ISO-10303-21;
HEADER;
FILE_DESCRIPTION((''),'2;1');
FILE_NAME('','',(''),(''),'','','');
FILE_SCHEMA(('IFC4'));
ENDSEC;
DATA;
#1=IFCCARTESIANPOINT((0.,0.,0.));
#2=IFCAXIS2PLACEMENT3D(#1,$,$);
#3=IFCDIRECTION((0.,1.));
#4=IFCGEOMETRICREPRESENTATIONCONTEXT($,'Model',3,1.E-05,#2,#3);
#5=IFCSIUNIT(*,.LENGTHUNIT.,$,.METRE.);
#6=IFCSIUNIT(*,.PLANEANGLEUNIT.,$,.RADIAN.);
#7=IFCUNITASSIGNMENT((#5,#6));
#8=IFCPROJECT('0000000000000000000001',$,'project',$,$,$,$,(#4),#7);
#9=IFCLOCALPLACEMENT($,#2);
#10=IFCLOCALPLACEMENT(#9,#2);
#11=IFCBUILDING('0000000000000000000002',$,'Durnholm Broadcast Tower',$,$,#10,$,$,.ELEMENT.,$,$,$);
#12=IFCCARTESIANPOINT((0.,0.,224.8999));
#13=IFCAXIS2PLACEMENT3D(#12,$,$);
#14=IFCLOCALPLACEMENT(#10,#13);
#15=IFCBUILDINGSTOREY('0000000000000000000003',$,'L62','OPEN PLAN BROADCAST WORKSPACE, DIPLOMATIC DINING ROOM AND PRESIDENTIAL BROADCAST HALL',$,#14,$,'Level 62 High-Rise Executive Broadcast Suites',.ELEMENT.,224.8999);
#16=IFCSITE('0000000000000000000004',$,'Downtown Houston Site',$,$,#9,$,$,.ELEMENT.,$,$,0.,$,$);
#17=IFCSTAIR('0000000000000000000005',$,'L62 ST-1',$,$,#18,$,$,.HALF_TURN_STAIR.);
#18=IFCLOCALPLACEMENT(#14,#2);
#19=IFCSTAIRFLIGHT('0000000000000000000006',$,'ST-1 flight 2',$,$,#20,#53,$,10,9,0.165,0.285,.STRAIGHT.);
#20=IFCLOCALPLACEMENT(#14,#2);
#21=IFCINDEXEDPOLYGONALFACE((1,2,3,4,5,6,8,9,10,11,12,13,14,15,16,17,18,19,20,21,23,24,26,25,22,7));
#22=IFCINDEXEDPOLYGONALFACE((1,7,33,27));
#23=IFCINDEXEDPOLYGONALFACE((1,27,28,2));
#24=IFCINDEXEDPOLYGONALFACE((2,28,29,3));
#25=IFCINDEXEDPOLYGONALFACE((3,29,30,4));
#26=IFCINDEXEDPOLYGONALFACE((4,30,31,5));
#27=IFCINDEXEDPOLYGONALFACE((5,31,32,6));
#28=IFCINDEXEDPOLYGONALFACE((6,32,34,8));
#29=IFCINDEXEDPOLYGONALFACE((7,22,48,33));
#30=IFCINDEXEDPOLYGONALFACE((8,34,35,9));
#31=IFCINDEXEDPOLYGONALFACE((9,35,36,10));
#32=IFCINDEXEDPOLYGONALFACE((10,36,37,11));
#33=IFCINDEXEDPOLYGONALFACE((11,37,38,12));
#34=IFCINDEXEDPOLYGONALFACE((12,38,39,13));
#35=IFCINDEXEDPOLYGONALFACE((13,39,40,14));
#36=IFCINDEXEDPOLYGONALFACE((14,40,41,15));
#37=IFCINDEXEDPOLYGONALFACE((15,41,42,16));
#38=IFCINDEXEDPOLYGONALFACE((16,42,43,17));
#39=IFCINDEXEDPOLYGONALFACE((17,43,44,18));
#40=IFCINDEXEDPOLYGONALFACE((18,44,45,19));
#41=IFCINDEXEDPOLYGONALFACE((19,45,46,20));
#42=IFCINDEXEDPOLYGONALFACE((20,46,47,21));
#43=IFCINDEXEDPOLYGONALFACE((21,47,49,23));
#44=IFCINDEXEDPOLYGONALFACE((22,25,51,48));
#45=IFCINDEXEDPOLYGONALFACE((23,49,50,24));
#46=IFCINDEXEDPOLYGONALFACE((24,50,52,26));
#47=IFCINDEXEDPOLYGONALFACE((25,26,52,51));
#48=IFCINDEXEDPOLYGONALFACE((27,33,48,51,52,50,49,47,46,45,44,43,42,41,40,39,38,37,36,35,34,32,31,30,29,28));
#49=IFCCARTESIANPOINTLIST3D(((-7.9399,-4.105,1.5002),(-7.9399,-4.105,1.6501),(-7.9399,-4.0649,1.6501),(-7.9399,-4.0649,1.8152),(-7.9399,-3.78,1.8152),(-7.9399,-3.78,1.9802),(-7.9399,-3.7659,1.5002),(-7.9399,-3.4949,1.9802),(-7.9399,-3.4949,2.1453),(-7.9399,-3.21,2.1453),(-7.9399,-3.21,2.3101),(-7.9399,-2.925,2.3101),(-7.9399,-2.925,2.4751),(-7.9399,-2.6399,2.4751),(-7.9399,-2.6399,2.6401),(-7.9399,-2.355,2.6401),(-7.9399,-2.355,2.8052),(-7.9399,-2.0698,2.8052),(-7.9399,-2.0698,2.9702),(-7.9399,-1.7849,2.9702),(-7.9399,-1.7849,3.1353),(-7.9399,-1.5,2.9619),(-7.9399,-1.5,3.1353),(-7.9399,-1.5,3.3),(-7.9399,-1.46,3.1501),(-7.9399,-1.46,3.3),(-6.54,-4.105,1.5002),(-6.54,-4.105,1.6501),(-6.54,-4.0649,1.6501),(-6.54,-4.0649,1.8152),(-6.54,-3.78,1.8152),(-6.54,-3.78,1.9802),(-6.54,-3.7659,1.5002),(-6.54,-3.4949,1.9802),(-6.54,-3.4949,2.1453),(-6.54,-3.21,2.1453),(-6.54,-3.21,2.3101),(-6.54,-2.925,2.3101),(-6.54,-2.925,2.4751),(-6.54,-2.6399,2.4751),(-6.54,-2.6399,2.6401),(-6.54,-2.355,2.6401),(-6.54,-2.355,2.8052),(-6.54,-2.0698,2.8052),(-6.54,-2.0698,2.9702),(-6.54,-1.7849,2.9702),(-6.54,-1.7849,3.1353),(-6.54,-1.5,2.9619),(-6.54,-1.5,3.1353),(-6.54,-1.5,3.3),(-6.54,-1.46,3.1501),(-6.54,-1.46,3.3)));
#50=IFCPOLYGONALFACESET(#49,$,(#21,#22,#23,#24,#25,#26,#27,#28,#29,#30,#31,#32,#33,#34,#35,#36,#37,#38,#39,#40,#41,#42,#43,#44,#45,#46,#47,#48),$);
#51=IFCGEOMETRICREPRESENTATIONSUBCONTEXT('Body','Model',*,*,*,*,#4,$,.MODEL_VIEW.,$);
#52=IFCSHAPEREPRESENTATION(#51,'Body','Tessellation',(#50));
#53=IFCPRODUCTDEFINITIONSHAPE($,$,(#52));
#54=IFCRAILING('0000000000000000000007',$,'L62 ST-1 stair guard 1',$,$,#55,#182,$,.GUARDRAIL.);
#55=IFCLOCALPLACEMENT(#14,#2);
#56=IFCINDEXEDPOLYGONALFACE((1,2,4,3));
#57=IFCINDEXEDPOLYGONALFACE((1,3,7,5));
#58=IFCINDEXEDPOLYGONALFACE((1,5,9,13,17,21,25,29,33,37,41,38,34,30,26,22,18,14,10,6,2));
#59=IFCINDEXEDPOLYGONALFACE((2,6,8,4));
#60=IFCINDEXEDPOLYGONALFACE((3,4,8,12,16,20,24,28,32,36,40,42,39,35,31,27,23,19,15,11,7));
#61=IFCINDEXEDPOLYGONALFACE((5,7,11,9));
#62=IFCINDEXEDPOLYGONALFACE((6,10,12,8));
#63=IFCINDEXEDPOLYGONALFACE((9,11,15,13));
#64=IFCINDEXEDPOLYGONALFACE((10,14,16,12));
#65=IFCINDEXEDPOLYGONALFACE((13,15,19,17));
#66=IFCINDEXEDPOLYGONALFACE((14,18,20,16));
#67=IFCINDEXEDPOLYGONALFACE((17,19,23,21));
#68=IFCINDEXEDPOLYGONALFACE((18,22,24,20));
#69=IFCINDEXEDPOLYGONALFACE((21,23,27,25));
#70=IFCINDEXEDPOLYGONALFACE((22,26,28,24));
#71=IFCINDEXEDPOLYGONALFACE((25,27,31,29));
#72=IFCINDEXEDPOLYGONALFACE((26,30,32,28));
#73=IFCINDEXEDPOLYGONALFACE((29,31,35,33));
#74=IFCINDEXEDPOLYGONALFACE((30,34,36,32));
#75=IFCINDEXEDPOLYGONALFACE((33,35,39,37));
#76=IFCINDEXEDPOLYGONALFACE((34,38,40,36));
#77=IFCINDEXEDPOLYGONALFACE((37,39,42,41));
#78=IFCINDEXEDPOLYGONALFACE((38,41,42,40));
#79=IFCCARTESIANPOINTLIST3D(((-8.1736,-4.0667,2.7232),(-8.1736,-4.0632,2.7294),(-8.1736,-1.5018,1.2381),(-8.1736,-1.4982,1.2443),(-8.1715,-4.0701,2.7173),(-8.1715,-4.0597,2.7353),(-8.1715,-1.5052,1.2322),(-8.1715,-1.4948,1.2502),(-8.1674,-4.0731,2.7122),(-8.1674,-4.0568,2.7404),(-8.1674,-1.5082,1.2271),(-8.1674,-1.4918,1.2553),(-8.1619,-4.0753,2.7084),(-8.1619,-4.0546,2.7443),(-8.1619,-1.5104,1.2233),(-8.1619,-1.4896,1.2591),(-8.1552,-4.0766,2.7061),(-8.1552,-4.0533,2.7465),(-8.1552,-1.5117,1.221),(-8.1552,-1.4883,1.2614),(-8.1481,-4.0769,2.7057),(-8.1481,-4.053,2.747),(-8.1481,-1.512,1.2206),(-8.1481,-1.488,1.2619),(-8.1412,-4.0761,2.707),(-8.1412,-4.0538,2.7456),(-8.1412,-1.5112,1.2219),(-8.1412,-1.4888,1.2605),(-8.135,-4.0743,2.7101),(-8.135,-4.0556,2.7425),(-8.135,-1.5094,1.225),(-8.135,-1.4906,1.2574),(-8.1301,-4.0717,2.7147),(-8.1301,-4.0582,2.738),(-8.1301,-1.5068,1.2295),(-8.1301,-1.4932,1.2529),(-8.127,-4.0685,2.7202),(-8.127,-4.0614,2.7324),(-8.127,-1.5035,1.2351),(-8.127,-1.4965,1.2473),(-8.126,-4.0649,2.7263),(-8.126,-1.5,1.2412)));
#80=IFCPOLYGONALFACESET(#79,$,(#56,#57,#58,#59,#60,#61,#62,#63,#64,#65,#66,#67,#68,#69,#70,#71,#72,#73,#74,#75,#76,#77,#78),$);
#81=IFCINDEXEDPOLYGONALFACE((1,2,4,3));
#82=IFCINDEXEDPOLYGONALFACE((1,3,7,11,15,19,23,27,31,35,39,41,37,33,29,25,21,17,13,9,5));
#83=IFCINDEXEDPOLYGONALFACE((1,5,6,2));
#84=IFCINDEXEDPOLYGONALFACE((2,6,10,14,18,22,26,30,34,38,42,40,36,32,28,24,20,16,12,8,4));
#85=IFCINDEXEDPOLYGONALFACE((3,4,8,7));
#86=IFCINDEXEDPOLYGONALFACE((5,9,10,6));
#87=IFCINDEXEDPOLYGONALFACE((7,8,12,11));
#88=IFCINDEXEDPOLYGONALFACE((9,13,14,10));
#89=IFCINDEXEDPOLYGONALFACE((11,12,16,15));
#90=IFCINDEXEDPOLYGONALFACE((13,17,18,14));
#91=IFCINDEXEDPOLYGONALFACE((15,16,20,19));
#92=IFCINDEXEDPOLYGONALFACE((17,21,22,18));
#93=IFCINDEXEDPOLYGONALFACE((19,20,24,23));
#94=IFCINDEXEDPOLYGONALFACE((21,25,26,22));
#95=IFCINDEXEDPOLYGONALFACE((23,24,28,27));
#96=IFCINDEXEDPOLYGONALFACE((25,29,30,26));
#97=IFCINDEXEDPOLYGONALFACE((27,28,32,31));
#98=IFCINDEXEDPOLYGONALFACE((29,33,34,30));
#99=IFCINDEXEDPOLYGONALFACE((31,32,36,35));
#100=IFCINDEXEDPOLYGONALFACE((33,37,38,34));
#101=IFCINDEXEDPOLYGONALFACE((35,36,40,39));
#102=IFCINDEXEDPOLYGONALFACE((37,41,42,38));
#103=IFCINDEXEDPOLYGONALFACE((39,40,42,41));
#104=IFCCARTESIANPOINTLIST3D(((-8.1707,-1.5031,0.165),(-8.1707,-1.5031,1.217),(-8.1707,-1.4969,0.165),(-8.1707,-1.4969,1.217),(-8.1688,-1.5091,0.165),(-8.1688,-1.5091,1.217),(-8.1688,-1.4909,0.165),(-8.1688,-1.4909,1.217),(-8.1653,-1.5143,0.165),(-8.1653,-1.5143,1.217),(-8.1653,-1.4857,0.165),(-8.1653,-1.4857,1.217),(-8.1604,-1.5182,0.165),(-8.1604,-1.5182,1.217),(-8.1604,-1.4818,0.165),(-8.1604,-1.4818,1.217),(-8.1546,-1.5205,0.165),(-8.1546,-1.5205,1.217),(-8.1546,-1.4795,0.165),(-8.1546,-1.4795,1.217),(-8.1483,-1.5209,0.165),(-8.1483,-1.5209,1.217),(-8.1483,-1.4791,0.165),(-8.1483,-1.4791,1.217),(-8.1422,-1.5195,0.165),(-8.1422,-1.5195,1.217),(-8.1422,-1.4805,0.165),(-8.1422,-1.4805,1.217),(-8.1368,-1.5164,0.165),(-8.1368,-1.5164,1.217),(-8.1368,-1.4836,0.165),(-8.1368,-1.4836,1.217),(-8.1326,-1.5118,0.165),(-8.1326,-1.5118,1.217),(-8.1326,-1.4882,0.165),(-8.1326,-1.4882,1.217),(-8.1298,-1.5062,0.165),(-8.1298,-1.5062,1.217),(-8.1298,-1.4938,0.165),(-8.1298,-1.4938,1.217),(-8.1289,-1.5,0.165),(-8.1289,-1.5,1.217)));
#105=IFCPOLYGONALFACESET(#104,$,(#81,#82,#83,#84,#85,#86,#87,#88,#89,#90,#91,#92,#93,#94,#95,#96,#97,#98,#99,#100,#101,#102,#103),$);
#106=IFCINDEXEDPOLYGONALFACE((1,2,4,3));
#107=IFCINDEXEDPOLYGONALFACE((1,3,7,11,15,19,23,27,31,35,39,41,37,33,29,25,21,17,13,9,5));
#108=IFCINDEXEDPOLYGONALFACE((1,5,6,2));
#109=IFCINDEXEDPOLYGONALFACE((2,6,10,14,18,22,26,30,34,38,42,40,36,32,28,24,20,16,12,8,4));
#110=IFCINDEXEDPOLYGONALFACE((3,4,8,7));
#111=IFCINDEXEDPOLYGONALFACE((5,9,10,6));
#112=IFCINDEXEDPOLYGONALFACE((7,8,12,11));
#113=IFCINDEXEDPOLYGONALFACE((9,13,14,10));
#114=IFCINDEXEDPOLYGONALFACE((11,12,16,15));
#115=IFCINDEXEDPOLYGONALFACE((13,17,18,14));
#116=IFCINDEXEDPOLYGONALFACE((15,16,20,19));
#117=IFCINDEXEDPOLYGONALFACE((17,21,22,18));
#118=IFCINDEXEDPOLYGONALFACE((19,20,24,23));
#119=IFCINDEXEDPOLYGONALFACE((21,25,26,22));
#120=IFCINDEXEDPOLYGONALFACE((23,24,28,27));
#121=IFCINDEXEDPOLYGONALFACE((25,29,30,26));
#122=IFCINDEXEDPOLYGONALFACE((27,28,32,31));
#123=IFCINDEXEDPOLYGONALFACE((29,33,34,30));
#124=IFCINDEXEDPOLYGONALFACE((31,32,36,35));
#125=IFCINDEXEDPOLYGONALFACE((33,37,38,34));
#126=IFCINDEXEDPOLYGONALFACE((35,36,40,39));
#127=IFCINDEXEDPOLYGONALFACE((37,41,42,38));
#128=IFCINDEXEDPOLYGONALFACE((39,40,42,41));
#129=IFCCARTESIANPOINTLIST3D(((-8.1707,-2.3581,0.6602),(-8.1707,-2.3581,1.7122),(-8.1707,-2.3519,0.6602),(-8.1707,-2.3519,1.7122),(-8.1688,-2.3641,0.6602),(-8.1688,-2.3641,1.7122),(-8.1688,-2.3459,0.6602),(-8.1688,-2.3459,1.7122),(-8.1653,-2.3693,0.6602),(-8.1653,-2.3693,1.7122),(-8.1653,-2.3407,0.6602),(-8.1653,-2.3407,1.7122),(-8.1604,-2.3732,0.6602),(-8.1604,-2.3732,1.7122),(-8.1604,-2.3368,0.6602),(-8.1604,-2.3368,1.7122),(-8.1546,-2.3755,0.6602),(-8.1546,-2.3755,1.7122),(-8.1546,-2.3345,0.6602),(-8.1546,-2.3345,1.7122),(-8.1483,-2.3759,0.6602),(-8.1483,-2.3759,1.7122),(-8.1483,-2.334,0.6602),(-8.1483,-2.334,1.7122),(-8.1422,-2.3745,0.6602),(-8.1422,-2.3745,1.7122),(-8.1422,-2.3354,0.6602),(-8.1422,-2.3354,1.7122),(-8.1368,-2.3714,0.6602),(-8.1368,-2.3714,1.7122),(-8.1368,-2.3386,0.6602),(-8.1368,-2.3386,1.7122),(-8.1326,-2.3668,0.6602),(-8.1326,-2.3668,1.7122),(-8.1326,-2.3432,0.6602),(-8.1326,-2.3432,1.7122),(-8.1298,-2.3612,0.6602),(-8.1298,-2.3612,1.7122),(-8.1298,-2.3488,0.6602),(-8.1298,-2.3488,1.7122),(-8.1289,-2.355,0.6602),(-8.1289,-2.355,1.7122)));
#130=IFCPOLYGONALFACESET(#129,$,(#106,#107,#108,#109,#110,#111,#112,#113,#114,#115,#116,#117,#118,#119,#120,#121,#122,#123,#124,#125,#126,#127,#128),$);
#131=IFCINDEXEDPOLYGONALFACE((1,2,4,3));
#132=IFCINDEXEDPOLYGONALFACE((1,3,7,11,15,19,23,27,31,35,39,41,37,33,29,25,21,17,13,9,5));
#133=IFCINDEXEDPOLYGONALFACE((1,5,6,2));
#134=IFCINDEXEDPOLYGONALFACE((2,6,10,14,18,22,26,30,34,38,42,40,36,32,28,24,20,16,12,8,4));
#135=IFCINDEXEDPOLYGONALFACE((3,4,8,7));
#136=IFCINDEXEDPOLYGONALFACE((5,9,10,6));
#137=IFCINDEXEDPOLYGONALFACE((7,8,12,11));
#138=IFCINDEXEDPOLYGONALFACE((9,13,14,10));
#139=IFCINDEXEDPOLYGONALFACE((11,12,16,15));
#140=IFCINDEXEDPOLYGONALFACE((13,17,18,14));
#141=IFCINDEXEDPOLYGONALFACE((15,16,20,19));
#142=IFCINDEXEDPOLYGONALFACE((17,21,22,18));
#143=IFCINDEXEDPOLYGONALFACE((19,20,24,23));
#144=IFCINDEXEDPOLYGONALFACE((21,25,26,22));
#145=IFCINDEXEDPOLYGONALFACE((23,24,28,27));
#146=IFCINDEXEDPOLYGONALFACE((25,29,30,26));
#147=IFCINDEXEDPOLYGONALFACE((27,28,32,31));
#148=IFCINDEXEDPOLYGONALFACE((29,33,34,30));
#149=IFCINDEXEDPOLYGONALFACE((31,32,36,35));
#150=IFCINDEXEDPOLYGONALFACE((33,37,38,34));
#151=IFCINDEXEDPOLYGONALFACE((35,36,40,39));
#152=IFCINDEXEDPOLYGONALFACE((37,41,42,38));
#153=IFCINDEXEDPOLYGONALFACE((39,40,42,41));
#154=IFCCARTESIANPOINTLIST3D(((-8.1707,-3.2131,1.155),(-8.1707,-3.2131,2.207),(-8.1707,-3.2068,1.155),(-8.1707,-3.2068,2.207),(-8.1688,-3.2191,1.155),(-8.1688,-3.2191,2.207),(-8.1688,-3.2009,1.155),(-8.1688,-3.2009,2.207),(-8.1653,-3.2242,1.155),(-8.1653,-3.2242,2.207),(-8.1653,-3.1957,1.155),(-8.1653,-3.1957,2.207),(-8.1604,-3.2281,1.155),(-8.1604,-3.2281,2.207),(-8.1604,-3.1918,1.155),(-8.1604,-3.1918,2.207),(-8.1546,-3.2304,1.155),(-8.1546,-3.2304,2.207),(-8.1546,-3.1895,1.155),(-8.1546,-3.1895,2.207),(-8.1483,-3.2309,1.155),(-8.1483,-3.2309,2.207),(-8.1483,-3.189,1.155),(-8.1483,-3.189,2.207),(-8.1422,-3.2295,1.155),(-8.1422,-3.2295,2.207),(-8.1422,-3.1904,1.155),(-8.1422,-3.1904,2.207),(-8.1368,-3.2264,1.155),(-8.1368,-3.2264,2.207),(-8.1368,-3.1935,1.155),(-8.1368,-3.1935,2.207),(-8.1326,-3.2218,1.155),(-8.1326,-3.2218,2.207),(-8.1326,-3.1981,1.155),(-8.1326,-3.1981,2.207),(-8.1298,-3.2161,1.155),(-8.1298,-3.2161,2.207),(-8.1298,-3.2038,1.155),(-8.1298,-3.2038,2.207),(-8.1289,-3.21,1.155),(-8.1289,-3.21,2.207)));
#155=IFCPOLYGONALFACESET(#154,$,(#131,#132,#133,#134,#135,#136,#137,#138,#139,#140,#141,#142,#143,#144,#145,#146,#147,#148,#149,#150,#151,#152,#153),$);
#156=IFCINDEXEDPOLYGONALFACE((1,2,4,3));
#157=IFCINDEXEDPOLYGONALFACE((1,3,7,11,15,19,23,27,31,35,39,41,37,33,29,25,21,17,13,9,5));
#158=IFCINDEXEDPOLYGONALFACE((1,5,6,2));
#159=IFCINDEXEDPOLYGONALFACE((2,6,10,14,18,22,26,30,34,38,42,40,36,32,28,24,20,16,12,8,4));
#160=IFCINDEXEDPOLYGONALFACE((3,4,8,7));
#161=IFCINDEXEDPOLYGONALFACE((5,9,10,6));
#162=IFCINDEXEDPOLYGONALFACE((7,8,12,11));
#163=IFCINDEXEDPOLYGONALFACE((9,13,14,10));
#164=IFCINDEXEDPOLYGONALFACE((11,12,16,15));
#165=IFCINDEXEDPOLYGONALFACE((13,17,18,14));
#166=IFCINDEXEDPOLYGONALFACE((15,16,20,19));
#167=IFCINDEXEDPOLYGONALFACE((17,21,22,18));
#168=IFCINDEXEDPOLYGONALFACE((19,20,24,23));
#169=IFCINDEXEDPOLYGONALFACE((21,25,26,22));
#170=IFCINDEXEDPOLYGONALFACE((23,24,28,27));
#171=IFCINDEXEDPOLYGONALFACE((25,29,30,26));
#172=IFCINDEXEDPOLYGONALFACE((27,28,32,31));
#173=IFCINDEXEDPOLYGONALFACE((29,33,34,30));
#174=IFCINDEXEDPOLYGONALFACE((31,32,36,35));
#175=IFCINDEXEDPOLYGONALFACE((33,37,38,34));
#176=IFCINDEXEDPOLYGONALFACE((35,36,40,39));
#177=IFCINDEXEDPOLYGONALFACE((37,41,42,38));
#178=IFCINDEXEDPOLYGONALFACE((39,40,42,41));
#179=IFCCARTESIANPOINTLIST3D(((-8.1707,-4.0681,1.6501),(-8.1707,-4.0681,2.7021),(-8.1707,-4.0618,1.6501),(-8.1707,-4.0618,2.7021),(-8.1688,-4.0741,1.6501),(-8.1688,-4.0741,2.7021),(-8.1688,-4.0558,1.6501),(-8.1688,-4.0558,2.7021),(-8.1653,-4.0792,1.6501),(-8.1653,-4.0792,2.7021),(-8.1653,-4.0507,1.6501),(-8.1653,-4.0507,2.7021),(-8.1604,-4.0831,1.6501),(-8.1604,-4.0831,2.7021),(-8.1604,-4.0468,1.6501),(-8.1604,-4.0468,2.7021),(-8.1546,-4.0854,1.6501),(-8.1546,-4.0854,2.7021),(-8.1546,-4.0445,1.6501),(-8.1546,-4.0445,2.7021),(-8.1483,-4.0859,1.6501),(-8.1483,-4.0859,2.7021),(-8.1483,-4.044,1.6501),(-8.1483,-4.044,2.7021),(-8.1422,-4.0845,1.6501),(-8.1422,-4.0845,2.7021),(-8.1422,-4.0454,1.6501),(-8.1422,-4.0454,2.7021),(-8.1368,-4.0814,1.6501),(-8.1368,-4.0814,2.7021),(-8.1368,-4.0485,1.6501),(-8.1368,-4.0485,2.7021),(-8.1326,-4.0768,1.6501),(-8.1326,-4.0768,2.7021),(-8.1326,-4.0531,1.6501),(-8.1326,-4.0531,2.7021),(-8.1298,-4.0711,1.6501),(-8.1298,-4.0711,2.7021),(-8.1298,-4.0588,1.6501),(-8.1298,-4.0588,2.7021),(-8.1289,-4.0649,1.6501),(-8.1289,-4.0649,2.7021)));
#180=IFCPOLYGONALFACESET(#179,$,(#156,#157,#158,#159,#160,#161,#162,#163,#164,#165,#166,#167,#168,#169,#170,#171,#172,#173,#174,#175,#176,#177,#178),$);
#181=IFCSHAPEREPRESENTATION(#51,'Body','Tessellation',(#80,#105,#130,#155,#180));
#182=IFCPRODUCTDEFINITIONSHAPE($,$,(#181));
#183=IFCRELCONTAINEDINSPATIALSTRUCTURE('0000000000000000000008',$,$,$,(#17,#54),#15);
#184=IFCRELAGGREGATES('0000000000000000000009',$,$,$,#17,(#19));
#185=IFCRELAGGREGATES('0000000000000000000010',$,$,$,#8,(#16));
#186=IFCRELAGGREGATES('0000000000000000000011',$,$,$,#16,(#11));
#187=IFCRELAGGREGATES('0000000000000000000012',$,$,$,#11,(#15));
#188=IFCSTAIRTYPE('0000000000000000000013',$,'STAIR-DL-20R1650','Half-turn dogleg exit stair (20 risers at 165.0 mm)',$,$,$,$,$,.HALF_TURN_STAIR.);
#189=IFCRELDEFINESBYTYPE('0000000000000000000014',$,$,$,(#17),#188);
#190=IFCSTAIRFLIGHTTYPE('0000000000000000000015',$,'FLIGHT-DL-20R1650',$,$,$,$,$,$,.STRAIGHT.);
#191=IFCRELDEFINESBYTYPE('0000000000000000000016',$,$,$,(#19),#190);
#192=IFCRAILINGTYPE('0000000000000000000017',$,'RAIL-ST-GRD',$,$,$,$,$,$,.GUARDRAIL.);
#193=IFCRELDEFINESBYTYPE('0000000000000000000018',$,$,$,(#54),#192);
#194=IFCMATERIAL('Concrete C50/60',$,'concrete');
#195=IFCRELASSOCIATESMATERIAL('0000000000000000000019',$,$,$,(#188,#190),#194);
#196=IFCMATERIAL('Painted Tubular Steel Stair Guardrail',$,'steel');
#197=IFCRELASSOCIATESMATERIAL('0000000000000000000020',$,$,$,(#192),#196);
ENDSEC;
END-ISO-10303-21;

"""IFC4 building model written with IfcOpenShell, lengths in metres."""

from ifc_helpers import new_model, si_unit, direction, frame, origin, origin_2d, place, context, subcontext, project, spatial, polyline, circle, outline, extrude, material, type_object, element, aggregate, save


model = new_model("IFC4")

# Units and contexts
model_context = context("Model", 3, precision=1e-05, world=origin(), true_north=direction((0.0, 1.0)))
body_context = subcontext(model_context, "Body", "Model", "MODEL_VIEW")
ifc_project = project(units=[si_unit("LENGTHUNIT", "METRE"), si_unit("PLANEANGLEUNIT", "RADIAN")], contexts=[model_context])

# Site, building, storey
site_placement = place(None, origin())
site = spatial("IfcSite", under=ifc_project, at=site_placement, Name="Downtown Houston Site", CompositionType="ELEMENT", RefElevation=0.0)
building_placement = place(site_placement, origin())
building = spatial("IfcBuilding", under=site, at=building_placement, Name="Durnholm Broadcast Tower", CompositionType="ELEMENT")
storey_placement = place(building_placement, frame((0.0, 0.0, 224.8999)))
storey = spatial("IfcBuildingStorey", under=building, at=storey_placement, Name="L62", Description="OPEN PLAN BROADCAST WORKSPACE, DIPLOMATIC DINING ROOM AND PRESIDENTIAL BROADCAST HALL", LongName="Level 62 High-Rise Executive Broadcast Suites", CompositionType="ELEMENT", Elevation=224.8999)

# Shared definitions
ifc_material_1 = material(Name="Concrete C50/60", Category="concrete")

# Stair, stair flight
stair_type = type_object("IfcStairType", Name="STAIR-DL-20R1650", Description="Half-turn dogleg exit stair (20 risers at 165.0 mm)", PredefinedType="HALF_TURN_STAIR", material=ifc_material_1)
stair_placement = place(storey_placement, origin())
stair = element("IfcStair", 1, at=stair_placement, inside=storey, type_object=stair_type, Name="L62 ST-1", PredefinedType="HALF_TURN_STAIR")
stair_flight_type = type_object("IfcStairFlightType", Name="FLIGHT-DL-20R1650", PredefinedType="STRAIGHT", material=ifc_material_1)
stair_flight_1_placement = place(storey_placement, frame((-7.24, -4.0649, 1.6501), z_axis=(0.0, 0.0, 1.0), x_axis=(0.0, 1.0, 0.0)))
stair_flight_1 = element("IfcStairFlight", 2, at=stair_flight_1_placement, type_object=stair_flight_type, Name="ST-1 flight 2", NumberOfRisers=10, NumberOfTreads=9, PredefinedType="STRAIGHT", RiserHeight=0.165, TreadLength=0.285, context=body_context, shape_type="SweptSolid", body=[
    extrude(outline(polyline([(-0.04, -0.1499), (-0.04, 0.0), (0.0, 0.0), (0.0, 0.165), (0.2849, 0.165), (0.2849, 0.3301), (0.5701, 0.3301), (0.5701, 0.4951), (0.855, 0.4951), (0.855, 0.6599), (1.1399, 0.6599), (1.1399, 0.825), (1.425, 0.825), (1.425, 0.99), (1.71, 0.99), (1.71, 1.155), (1.9951, 1.155), (1.9951, 1.3201), (2.28, 1.3201), (2.28, 1.4851), (2.5649, 1.4851), (2.5649, 1.6499), (2.605, 1.6499), (2.605, 1.5), (2.5649, 1.3118), (0.2991, -0.1499), (-0.04, -0.1499)])), frame((0.0, 0.7, 0.0), z_axis=(0.0, -1.0, 0.0), x_axis=(1.0, 0.0, 0.0)), (0.0, 0.0, 1.0), 1.3999),
])
aggregate(stair, [stair_flight_1])

# Railing
ifc_material_2 = material(Name="Painted Tubular Steel Stair Guardrail", Category="steel")
railing_type_1 = type_object("IfcRailingType", Name="RAIL-ST-GRD", PredefinedType="GUARDRAIL", material=ifc_material_2)
railing_1_placement = place(storey_placement, frame((-8.1499, -1.5, 0.165)))
element("IfcRailing", 3, at=railing_1_placement, inside=storey, type_object=railing_type_1, Name="L62 ST-1 stair guard 1", PredefinedType="GUARDRAIL", context=body_context, shape_type="SweptSolid", body=[
    extrude(circle(Radius=0.0239, at=origin_2d()), frame((0.0, 0.0, 1.0762), z_axis=(0.0, -0.865406, 0.501072), x_axis=(1.0, 0.0, 0.0)), (0.0, 0.0, 1.0), 2.9639),
    extrude(circle(Radius=0.021, at=origin_2d()), origin(), (0.0, 0.0, 1.0), 1.052),
    extrude(circle(Radius=0.021, at=origin_2d()), frame((0.0, -0.855, 0.4951)), (0.0, 0.0, 1.0), 1.052),
    extrude(circle(Radius=0.021, at=origin_2d()), frame((0.0, -1.71, 0.99)), (0.0, 0.0, 1.0), 1.052),
    extrude(circle(Radius=0.021, at=origin_2d()), frame((0.0, -2.5649, 1.4851)), (0.0, 0.0, 1.0), 1.052),
])

save(model, "model.ifc")
